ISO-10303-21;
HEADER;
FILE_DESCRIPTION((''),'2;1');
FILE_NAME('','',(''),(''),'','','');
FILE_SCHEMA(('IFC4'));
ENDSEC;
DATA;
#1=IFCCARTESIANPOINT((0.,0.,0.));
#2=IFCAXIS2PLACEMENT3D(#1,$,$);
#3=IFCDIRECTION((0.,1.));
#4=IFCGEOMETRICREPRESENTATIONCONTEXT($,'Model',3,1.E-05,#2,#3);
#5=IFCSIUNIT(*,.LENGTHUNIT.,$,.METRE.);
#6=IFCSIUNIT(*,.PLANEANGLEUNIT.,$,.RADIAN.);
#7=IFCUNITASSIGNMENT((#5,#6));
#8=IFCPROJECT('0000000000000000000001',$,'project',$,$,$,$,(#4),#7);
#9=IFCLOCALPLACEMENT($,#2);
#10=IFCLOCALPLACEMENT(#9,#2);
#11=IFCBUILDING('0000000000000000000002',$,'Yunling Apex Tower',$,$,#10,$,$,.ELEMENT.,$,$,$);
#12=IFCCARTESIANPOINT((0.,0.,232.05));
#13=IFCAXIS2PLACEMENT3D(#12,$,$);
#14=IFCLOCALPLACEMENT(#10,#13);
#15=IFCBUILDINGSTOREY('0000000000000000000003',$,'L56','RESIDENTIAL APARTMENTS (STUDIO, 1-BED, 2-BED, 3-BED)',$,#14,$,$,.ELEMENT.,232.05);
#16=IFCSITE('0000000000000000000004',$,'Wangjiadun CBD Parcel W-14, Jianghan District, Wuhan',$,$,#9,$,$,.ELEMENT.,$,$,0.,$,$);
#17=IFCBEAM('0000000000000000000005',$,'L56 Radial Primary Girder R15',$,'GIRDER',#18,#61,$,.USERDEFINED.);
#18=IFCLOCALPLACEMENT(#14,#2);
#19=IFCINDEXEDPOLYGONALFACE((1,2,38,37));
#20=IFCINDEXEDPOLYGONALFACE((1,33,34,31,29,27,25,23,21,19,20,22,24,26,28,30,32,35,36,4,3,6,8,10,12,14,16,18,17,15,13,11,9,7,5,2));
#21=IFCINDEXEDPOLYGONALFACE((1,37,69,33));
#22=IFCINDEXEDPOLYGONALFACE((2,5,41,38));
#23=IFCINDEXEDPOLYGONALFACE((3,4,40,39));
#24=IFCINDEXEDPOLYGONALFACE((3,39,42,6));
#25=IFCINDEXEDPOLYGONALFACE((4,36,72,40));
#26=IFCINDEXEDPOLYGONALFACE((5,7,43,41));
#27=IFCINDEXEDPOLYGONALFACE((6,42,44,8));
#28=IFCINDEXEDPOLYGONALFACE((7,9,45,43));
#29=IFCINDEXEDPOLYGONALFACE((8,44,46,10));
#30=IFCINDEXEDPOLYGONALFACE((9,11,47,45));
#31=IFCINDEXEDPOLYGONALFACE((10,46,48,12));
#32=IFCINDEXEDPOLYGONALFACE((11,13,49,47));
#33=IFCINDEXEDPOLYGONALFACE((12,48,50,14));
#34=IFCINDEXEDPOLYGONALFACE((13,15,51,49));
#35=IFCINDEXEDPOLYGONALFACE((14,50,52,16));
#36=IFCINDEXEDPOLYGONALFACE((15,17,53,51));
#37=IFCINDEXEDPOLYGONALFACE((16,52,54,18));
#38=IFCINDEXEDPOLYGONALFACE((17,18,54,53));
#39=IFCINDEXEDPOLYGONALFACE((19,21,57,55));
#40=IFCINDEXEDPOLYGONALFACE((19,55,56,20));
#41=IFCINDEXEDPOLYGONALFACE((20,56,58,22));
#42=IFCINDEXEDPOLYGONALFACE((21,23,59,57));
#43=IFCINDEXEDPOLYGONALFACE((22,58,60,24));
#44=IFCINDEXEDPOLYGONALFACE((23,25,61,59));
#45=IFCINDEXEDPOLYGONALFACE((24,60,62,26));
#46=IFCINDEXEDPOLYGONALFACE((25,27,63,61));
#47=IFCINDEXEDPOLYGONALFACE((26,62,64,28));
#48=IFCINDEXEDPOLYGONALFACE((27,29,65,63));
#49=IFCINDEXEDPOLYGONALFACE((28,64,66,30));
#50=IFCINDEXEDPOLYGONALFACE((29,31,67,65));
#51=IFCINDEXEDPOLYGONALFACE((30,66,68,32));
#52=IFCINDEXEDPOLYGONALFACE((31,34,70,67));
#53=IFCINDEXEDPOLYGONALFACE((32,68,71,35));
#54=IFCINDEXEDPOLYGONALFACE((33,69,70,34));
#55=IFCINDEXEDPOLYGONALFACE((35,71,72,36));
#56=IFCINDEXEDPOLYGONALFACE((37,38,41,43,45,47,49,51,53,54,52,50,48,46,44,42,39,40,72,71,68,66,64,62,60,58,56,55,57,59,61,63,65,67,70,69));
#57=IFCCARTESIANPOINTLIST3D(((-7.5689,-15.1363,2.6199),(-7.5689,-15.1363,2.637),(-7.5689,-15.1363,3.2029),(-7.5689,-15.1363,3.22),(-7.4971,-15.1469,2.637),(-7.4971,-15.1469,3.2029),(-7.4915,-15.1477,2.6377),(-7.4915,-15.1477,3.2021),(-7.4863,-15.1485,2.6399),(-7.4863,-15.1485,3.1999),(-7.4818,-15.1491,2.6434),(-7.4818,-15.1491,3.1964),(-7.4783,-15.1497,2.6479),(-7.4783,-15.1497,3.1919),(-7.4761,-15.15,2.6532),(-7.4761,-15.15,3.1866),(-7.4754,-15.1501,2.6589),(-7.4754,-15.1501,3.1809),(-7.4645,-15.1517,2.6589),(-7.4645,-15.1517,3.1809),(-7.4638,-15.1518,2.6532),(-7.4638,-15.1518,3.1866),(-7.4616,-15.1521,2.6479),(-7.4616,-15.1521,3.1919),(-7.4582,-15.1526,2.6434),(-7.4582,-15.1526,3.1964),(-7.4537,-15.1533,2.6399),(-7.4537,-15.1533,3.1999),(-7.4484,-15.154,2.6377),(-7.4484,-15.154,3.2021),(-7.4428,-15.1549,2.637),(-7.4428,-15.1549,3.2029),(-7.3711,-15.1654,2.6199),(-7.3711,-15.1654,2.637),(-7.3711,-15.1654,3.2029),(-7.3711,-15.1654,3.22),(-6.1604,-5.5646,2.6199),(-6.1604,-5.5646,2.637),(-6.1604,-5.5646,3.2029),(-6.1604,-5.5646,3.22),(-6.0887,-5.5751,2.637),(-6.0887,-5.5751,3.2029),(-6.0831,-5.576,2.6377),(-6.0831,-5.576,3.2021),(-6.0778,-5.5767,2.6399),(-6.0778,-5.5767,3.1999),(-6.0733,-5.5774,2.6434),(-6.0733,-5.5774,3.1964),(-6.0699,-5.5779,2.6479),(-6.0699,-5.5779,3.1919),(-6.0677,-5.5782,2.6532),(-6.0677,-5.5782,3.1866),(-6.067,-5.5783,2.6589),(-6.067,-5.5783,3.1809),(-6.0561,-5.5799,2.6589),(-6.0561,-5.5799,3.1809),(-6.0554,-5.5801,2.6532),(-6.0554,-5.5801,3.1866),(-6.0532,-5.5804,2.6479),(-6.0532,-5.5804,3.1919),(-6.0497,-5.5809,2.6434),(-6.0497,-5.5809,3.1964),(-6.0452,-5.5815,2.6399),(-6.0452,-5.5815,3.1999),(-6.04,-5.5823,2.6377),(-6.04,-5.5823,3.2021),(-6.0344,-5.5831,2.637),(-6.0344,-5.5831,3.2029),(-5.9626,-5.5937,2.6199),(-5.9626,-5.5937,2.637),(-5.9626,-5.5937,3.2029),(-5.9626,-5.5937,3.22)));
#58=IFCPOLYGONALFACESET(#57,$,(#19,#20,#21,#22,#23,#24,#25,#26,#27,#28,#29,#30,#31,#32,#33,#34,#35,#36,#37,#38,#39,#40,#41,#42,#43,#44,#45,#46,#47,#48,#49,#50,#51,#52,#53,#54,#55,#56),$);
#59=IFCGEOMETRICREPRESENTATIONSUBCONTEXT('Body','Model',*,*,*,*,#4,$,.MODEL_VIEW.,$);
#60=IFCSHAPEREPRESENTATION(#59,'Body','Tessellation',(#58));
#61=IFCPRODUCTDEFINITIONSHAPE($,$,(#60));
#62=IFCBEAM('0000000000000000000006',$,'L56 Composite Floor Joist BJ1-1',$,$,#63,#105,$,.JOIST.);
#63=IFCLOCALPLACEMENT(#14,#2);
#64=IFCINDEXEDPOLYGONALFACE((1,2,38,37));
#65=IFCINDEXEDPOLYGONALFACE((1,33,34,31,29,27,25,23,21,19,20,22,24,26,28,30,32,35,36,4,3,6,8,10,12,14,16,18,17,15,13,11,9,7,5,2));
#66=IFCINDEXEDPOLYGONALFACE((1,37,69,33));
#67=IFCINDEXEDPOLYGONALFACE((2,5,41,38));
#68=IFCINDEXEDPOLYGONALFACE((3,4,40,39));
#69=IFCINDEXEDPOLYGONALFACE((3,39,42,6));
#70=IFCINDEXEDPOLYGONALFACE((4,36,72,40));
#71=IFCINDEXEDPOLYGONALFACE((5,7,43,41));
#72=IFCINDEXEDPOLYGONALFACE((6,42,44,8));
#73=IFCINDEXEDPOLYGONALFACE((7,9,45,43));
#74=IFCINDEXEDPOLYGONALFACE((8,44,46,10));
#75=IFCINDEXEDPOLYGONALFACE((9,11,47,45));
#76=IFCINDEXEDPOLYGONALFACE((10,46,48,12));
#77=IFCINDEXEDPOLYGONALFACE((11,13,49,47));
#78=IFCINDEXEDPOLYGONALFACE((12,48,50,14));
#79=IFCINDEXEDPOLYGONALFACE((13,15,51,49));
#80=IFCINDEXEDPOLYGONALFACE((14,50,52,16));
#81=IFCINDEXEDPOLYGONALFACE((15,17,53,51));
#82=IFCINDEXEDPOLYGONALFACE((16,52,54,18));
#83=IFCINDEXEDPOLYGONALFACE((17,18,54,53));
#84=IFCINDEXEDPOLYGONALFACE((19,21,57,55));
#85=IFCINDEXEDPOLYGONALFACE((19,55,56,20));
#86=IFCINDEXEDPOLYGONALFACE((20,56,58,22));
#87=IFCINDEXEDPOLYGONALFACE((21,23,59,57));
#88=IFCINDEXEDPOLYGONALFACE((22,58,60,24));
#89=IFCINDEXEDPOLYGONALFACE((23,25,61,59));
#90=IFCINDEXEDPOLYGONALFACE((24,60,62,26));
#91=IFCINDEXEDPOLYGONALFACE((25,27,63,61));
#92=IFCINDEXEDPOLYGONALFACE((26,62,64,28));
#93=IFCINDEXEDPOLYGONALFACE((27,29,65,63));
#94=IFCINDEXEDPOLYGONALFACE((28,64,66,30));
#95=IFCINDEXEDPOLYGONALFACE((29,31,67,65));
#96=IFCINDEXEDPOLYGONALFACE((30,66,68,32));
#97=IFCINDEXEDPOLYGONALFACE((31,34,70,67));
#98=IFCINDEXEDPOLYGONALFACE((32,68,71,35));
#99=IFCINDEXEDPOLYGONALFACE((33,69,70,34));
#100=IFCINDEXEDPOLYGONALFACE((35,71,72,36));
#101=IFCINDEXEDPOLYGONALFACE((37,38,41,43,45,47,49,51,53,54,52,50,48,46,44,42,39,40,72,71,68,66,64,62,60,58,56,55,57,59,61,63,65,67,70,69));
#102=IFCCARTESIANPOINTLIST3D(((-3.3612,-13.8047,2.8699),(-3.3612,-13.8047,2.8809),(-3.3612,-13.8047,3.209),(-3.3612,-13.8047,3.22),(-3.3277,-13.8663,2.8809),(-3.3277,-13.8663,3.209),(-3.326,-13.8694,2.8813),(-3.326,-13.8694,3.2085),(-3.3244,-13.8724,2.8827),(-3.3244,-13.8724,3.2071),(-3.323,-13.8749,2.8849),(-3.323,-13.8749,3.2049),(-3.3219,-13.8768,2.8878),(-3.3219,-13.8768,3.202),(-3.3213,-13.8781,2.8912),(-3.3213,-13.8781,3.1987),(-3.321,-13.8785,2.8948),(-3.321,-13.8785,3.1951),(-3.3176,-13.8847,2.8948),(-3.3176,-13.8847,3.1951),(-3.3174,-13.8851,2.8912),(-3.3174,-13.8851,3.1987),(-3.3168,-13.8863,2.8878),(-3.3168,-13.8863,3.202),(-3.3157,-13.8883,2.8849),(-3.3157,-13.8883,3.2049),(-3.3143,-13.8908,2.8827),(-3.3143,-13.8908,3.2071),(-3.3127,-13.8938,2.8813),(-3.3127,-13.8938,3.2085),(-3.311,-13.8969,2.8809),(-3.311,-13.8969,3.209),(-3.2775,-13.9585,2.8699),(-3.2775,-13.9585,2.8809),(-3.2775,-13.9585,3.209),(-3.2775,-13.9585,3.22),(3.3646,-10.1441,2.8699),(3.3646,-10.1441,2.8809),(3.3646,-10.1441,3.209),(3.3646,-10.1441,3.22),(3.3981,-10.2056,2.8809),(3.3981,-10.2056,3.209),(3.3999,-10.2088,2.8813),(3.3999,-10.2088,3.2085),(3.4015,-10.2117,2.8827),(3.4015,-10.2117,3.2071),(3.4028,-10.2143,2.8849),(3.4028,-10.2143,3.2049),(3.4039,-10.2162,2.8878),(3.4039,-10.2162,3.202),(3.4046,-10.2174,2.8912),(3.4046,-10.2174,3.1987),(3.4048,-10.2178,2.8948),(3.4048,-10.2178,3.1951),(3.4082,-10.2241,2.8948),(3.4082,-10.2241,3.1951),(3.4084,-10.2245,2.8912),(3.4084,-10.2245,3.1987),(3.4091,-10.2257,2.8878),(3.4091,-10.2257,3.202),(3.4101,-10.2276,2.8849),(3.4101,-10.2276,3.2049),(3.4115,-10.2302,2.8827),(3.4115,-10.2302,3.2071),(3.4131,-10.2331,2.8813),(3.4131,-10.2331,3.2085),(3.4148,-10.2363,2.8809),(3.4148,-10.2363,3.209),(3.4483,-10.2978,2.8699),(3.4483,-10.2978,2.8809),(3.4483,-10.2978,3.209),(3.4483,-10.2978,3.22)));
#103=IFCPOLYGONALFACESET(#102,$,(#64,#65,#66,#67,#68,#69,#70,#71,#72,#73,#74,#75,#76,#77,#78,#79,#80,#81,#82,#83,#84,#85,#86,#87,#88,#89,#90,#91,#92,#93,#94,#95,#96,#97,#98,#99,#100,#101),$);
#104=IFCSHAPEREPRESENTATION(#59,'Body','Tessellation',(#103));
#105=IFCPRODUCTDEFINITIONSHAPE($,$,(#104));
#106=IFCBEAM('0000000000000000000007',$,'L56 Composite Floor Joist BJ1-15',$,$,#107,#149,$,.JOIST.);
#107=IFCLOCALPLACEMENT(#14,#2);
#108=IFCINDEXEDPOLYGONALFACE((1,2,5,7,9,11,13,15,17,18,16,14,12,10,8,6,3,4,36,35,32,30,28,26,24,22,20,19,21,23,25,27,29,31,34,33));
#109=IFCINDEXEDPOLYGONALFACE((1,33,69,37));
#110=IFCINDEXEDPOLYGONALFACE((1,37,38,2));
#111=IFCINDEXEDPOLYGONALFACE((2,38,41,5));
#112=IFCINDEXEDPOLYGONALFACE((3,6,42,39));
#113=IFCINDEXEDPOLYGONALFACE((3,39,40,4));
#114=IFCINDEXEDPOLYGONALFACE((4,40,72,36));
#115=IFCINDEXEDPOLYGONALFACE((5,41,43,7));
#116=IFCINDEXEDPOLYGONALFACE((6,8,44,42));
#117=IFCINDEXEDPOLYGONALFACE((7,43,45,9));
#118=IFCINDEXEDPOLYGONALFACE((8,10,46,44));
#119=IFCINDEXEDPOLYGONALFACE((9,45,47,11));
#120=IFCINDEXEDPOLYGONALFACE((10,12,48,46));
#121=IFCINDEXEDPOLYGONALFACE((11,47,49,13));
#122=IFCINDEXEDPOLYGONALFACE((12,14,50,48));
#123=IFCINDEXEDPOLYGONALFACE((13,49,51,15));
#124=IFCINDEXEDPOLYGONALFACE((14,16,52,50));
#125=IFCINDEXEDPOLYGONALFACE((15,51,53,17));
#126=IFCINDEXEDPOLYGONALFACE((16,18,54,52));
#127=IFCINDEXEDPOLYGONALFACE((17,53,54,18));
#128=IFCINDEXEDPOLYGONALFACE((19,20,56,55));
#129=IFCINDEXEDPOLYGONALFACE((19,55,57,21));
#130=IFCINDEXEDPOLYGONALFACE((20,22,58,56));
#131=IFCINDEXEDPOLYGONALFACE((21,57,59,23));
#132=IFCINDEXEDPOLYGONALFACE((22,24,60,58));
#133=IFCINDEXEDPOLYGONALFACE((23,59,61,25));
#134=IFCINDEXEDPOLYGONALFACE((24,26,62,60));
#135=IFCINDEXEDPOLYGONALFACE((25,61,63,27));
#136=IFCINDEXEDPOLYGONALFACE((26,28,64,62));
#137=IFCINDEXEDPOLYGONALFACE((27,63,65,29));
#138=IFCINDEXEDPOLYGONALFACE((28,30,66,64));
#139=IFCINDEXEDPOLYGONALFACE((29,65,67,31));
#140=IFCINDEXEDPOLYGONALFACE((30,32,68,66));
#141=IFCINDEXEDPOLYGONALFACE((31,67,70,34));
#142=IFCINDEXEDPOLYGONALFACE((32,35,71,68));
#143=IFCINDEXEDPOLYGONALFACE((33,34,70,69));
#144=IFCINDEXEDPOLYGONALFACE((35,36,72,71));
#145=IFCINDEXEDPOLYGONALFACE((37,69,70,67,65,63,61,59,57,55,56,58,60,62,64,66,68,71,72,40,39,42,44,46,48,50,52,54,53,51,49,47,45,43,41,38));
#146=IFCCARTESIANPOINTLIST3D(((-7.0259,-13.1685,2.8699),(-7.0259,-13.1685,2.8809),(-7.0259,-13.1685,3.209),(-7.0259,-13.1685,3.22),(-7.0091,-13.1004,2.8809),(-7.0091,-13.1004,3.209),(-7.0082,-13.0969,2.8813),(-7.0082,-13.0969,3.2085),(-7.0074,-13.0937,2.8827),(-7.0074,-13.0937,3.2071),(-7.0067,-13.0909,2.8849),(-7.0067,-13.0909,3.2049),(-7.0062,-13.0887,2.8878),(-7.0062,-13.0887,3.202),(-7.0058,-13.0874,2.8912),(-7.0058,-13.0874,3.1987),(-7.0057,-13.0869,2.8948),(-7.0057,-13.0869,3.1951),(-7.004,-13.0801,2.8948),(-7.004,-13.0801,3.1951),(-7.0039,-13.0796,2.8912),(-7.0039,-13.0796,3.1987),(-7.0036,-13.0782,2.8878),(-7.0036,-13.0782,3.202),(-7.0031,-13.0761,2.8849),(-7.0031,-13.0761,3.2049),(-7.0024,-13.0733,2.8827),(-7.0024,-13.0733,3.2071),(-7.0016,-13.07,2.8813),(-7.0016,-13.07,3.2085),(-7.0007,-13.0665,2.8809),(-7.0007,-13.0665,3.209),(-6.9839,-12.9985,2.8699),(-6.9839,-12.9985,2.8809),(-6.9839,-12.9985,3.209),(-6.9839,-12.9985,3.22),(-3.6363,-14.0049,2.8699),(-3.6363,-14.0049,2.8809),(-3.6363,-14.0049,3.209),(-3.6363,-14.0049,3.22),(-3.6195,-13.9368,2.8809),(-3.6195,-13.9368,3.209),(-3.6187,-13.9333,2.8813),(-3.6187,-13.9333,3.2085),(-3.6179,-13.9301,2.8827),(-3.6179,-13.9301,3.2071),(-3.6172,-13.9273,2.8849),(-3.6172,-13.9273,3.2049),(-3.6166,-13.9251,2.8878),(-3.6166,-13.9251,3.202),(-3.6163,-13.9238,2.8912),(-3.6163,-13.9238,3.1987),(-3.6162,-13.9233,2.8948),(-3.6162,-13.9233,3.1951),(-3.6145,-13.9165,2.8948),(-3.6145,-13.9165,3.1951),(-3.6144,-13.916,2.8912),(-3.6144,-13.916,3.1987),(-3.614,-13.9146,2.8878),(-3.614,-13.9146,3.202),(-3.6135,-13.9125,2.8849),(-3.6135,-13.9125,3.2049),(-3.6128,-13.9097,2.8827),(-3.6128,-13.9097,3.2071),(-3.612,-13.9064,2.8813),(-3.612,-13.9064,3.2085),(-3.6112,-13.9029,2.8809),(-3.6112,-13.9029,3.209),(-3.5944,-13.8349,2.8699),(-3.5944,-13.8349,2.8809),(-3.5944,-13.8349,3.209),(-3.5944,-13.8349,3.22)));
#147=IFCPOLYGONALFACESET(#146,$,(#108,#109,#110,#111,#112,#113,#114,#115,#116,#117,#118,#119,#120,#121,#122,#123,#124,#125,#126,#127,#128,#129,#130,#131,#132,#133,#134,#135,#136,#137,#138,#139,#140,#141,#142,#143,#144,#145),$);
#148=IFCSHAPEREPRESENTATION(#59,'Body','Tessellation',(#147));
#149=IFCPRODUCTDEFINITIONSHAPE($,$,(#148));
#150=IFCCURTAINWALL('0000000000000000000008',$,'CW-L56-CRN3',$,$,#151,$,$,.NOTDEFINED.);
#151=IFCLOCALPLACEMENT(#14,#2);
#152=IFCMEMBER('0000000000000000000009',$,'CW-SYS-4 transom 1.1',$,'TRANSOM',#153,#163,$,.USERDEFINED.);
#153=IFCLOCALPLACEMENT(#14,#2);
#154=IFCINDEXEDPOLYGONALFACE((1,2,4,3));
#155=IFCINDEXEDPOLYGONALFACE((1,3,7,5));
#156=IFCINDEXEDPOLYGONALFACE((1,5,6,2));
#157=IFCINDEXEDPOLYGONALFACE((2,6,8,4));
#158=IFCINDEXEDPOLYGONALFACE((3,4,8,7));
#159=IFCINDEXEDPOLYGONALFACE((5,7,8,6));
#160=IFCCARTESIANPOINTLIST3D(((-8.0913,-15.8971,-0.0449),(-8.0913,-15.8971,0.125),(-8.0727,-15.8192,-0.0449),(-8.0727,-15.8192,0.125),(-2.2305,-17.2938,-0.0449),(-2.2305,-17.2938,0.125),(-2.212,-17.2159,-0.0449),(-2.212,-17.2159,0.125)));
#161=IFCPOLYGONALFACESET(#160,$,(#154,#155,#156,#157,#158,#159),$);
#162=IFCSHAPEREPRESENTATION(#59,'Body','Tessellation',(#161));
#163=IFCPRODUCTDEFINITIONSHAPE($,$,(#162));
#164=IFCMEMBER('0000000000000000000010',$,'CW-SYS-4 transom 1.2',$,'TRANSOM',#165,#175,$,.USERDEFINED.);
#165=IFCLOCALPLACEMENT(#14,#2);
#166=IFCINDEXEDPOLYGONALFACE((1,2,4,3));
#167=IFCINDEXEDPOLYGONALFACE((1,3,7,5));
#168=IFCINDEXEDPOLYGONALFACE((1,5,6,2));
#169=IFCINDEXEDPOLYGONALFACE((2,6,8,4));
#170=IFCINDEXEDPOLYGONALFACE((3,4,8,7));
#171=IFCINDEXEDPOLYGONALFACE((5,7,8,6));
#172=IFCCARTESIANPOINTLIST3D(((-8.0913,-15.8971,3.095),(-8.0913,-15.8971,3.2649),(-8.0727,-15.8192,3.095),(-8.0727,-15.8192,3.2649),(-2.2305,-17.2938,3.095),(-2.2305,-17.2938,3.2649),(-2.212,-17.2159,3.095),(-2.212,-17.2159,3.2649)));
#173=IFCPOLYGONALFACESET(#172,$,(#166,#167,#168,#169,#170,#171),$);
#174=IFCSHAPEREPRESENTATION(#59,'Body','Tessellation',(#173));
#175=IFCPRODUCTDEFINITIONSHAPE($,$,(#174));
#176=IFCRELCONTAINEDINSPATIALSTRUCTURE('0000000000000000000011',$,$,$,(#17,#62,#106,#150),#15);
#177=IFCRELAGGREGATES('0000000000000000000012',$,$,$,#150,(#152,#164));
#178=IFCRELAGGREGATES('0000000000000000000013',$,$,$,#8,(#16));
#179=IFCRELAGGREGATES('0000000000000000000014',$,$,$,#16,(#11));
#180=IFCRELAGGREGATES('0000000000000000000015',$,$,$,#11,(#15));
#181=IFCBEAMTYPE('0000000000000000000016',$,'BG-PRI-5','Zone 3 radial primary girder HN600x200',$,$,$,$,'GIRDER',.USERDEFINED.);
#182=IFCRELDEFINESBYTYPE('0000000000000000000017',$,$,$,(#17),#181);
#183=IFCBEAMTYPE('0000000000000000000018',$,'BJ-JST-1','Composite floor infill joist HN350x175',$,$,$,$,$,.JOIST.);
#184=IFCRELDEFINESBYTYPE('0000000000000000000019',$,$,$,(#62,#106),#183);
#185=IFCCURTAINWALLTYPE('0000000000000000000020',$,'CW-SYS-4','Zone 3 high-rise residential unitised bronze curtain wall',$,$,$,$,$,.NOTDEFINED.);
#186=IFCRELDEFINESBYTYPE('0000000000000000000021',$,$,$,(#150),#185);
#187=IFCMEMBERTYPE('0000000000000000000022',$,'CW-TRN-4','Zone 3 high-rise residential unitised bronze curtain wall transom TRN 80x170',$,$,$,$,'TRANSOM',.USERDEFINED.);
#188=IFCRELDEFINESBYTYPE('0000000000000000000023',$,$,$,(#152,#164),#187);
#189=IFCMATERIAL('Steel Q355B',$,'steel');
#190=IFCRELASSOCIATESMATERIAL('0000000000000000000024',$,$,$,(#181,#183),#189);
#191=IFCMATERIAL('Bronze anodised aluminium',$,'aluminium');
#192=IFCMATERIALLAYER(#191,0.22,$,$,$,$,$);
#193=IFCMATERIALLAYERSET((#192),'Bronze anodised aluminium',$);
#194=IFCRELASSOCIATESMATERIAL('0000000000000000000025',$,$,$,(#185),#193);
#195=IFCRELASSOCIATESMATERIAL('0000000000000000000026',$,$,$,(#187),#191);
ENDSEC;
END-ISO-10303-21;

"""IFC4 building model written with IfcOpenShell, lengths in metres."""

from ifc_helpers import new_model, si_unit, direction, frame, origin, origin_2d, place, context, subcontext, project, spatial, rectangle, i_section, extrude, source, transform, mapped, material, layer, layer_set, material_profile, profile_set, type_object, element, aggregate, save


model = new_model("IFC4")

# Units and contexts
model_context = context("Model", 3, precision=1e-05, world=origin(), true_north=direction((0.0, 1.0)))
body_context = subcontext(model_context, "Body", "Model", "MODEL_VIEW")
ifc_project = project(units=[si_unit("LENGTHUNIT", "METRE"), si_unit("PLANEANGLEUNIT", "RADIAN")], contexts=[model_context])

# Site, building, storey
site_placement = place(None, origin())
site = spatial("IfcSite", under=ifc_project, at=site_placement, Name="Wangjiadun CBD Parcel W-14, Jianghan District, Wuhan", CompositionType="ELEMENT", RefElevation=0.0)
building_placement = place(site_placement, origin())
building = spatial("IfcBuilding", under=site, at=building_placement, Name="Yunling Apex Tower", CompositionType="ELEMENT")
storey_placement = place(building_placement, frame((0.0, 0.0, 232.05)))
storey = spatial("IfcBuildingStorey", under=building, at=storey_placement, Name="L56", Description="RESIDENTIAL APARTMENTS (STUDIO, 1-BED, 2-BED, 3-BED)", CompositionType="ELEMENT", Elevation=232.05)

# Beams
ifc_material_1 = material(Name="Steel Q355B", Category="steel")
ifc_material_profile_1 = material_profile(ifc_material_1, i_section(OverallWidth=0.2, OverallDepth=0.6001, WebThickness=0.011, FlangeThickness=0.0171, FilletRadius=0.022, at=origin_2d()))
ifc_profile_set_1 = profile_set([ifc_material_profile_1], Name="Steel Q355B")
beam_type_1 = type_object("IfcBeamType", Name="BG-PRI-5", Description="Zone 3 radial primary girder HN600x200", ElementType="GIRDER", PredefinedType="USERDEFINED", material=ifc_profile_set_1)
shared_shape_1 = source(origin(), body_context, "Body", "SweptSolid", [
    extrude(i_section(OverallWidth=0.2, OverallDepth=0.6001, WebThickness=0.011, FlangeThickness=0.0171, FilletRadius=0.022, at=origin_2d()), origin(), (0.0, 0.0, 1.0), 9.6748),
])
beam_1_placement = place(storey_placement, frame((-7.47, -15.1509, 2.9199), z_axis=(0.145578, 0.989347, 0.0), x_axis=(-0.989347, 0.145578, 0.0)))
element("IfcBeam", 1, at=beam_1_placement, inside=storey, type_object=beam_type_1, Name="L56 Radial Primary Girder R15", ObjectType="GIRDER", PredefinedType="USERDEFINED", context=body_context, shape_type="MappedRepresentation", body=[
    mapped(shared_shape_1, transform((0.0, 0.0, 0.0), scale=1.0)),
])
ifc_material_profile_2 = material_profile(ifc_material_1, i_section(OverallWidth=0.175, OverallDepth=0.3501, WebThickness=0.0071, FlangeThickness=0.011, FilletRadius=0.0139, at=origin_2d()))
ifc_profile_set_2 = profile_set([ifc_material_profile_2], Name="Steel Q355B")
beam_type_2 = type_object("IfcBeamType", Name="BJ-JST-1", Description="Composite floor infill joist HN350x175", PredefinedType="JOIST", material=ifc_profile_set_2)
shared_shape_2 = source(origin(), body_context, "Body", "SweptSolid", [
    extrude(i_section(OverallWidth=0.175, OverallDepth=0.3501, WebThickness=0.0071, FlangeThickness=0.011, FilletRadius=0.0139, at=origin_2d()), origin(), (0.0, 0.0, 1.0), 7.6575),
])
beam_2_placement = place(storey_placement, frame((-3.3193, -13.8816, 3.0449), z_axis=(0.878334, 0.478048, 0.0), x_axis=(-0.478048, 0.878334, 0.0)))
element("IfcBeam", 2, at=beam_2_placement, inside=storey, type_object=beam_type_2, Name="L56 Composite Floor Joist BJ1-1", PredefinedType="JOIST", context=body_context, shape_type="MappedRepresentation", body=[
    mapped(shared_shape_2, transform((0.0, 0.0, 0.0), scale=1.0)),
])
shared_shape_3 = source(origin(), body_context, "Body", "SweptSolid", [
    extrude(i_section(OverallWidth=0.175, OverallDepth=0.3501, WebThickness=0.0071, FlangeThickness=0.011, FilletRadius=0.0139, at=origin_2d()), origin(), (0.0, 0.0, 1.0), 3.4912),
])
beam_3_placement = place(storey_placement, frame((-7.0049, -13.0835, 3.0449), z_axis=(0.970878, -0.239573, 0.0), x_axis=(0.239573, 0.970878, 0.0)))
element("IfcBeam", 3, at=beam_3_placement, inside=storey, type_object=beam_type_2, Name="L56 Composite Floor Joist BJ1-15", PredefinedType="JOIST", context=body_context, shape_type="MappedRepresentation", body=[
    mapped(shared_shape_3, transform((0.0, 0.0, 0.0), scale=1.0)),
])

# Curtain wall, members
ifc_material_2 = material(Name="Bronze anodised aluminium", Category="aluminium")
ifc_layer_1 = layer(ifc_material_2, 0.22)
ifc_layer_set_1 = layer_set([ifc_layer_1], Name="Bronze anodised aluminium")
curtain_wall_type = type_object("IfcCurtainWallType", Name="CW-SYS-4", Description="Zone 3 high-rise residential unitised bronze curtain wall", PredefinedType="NOTDEFINED", material=ifc_layer_set_1)
curtain_wall_1_placement = place(storey_placement, origin())
curtain_wall_1 = element("IfcCurtainWall", 4, at=curtain_wall_1_placement, inside=storey, type_object=curtain_wall_type, Name="CW-L56-CRN3", PredefinedType="NOTDEFINED")
ifc_material_profile_3 = material_profile(ifc_material_2, rectangle(XDim=0.0801, YDim=0.1699, at=origin_2d()))
ifc_profile_set_3 = profile_set([ifc_material_profile_3], Name="Bronze anodised aluminium")
member_type_1 = type_object("IfcMemberType", Name="CW-TRN-4", Description="Zone 3 high-rise residential unitised bronze curtain wall transom TRN 80x170", ElementType="TRANSOM", PredefinedType="USERDEFINED", material=ifc_profile_set_3)
shared_shape_4 = source(origin(), body_context, "Body", "SweptSolid", [
    extrude(rectangle(XDim=0.0801, YDim=0.1699, at=origin_2d()), origin(), (0.0, 0.0, 1.0), 6.0249),
])
member_1_placement = place(storey_placement, frame((-8.082, -15.8582, 0.04), z_axis=(0.972758, -0.231823, 0.0), x_axis=(0.231823, 0.972758, 0.0)))
member_1 = element("IfcMember", 5, at=member_1_placement, type_object=member_type_1, Name="CW-SYS-4 transom 1.1", ObjectType="TRANSOM", PredefinedType="USERDEFINED", context=body_context, shape_type="MappedRepresentation", body=[
    mapped(shared_shape_4, transform((0.0, 0.0, 0.0), scale=1.0)),
])
member_2_placement = place(storey_placement, frame((-8.082, -15.8582, 3.1799), z_axis=(0.972758, -0.231823, 0.0), x_axis=(0.231823, 0.972758, 0.0)))
member_2 = element("IfcMember", 6, at=member_2_placement, type_object=member_type_1, Name="CW-SYS-4 transom 1.2", ObjectType="TRANSOM", PredefinedType="USERDEFINED", context=body_context, shape_type="MappedRepresentation", body=[
    mapped(shared_shape_4, transform((0.0, 0.0, 0.0), scale=1.0)),
])

aggregate(curtain_wall_1, [member_1, member_2])

save(model, "model.ifc")
